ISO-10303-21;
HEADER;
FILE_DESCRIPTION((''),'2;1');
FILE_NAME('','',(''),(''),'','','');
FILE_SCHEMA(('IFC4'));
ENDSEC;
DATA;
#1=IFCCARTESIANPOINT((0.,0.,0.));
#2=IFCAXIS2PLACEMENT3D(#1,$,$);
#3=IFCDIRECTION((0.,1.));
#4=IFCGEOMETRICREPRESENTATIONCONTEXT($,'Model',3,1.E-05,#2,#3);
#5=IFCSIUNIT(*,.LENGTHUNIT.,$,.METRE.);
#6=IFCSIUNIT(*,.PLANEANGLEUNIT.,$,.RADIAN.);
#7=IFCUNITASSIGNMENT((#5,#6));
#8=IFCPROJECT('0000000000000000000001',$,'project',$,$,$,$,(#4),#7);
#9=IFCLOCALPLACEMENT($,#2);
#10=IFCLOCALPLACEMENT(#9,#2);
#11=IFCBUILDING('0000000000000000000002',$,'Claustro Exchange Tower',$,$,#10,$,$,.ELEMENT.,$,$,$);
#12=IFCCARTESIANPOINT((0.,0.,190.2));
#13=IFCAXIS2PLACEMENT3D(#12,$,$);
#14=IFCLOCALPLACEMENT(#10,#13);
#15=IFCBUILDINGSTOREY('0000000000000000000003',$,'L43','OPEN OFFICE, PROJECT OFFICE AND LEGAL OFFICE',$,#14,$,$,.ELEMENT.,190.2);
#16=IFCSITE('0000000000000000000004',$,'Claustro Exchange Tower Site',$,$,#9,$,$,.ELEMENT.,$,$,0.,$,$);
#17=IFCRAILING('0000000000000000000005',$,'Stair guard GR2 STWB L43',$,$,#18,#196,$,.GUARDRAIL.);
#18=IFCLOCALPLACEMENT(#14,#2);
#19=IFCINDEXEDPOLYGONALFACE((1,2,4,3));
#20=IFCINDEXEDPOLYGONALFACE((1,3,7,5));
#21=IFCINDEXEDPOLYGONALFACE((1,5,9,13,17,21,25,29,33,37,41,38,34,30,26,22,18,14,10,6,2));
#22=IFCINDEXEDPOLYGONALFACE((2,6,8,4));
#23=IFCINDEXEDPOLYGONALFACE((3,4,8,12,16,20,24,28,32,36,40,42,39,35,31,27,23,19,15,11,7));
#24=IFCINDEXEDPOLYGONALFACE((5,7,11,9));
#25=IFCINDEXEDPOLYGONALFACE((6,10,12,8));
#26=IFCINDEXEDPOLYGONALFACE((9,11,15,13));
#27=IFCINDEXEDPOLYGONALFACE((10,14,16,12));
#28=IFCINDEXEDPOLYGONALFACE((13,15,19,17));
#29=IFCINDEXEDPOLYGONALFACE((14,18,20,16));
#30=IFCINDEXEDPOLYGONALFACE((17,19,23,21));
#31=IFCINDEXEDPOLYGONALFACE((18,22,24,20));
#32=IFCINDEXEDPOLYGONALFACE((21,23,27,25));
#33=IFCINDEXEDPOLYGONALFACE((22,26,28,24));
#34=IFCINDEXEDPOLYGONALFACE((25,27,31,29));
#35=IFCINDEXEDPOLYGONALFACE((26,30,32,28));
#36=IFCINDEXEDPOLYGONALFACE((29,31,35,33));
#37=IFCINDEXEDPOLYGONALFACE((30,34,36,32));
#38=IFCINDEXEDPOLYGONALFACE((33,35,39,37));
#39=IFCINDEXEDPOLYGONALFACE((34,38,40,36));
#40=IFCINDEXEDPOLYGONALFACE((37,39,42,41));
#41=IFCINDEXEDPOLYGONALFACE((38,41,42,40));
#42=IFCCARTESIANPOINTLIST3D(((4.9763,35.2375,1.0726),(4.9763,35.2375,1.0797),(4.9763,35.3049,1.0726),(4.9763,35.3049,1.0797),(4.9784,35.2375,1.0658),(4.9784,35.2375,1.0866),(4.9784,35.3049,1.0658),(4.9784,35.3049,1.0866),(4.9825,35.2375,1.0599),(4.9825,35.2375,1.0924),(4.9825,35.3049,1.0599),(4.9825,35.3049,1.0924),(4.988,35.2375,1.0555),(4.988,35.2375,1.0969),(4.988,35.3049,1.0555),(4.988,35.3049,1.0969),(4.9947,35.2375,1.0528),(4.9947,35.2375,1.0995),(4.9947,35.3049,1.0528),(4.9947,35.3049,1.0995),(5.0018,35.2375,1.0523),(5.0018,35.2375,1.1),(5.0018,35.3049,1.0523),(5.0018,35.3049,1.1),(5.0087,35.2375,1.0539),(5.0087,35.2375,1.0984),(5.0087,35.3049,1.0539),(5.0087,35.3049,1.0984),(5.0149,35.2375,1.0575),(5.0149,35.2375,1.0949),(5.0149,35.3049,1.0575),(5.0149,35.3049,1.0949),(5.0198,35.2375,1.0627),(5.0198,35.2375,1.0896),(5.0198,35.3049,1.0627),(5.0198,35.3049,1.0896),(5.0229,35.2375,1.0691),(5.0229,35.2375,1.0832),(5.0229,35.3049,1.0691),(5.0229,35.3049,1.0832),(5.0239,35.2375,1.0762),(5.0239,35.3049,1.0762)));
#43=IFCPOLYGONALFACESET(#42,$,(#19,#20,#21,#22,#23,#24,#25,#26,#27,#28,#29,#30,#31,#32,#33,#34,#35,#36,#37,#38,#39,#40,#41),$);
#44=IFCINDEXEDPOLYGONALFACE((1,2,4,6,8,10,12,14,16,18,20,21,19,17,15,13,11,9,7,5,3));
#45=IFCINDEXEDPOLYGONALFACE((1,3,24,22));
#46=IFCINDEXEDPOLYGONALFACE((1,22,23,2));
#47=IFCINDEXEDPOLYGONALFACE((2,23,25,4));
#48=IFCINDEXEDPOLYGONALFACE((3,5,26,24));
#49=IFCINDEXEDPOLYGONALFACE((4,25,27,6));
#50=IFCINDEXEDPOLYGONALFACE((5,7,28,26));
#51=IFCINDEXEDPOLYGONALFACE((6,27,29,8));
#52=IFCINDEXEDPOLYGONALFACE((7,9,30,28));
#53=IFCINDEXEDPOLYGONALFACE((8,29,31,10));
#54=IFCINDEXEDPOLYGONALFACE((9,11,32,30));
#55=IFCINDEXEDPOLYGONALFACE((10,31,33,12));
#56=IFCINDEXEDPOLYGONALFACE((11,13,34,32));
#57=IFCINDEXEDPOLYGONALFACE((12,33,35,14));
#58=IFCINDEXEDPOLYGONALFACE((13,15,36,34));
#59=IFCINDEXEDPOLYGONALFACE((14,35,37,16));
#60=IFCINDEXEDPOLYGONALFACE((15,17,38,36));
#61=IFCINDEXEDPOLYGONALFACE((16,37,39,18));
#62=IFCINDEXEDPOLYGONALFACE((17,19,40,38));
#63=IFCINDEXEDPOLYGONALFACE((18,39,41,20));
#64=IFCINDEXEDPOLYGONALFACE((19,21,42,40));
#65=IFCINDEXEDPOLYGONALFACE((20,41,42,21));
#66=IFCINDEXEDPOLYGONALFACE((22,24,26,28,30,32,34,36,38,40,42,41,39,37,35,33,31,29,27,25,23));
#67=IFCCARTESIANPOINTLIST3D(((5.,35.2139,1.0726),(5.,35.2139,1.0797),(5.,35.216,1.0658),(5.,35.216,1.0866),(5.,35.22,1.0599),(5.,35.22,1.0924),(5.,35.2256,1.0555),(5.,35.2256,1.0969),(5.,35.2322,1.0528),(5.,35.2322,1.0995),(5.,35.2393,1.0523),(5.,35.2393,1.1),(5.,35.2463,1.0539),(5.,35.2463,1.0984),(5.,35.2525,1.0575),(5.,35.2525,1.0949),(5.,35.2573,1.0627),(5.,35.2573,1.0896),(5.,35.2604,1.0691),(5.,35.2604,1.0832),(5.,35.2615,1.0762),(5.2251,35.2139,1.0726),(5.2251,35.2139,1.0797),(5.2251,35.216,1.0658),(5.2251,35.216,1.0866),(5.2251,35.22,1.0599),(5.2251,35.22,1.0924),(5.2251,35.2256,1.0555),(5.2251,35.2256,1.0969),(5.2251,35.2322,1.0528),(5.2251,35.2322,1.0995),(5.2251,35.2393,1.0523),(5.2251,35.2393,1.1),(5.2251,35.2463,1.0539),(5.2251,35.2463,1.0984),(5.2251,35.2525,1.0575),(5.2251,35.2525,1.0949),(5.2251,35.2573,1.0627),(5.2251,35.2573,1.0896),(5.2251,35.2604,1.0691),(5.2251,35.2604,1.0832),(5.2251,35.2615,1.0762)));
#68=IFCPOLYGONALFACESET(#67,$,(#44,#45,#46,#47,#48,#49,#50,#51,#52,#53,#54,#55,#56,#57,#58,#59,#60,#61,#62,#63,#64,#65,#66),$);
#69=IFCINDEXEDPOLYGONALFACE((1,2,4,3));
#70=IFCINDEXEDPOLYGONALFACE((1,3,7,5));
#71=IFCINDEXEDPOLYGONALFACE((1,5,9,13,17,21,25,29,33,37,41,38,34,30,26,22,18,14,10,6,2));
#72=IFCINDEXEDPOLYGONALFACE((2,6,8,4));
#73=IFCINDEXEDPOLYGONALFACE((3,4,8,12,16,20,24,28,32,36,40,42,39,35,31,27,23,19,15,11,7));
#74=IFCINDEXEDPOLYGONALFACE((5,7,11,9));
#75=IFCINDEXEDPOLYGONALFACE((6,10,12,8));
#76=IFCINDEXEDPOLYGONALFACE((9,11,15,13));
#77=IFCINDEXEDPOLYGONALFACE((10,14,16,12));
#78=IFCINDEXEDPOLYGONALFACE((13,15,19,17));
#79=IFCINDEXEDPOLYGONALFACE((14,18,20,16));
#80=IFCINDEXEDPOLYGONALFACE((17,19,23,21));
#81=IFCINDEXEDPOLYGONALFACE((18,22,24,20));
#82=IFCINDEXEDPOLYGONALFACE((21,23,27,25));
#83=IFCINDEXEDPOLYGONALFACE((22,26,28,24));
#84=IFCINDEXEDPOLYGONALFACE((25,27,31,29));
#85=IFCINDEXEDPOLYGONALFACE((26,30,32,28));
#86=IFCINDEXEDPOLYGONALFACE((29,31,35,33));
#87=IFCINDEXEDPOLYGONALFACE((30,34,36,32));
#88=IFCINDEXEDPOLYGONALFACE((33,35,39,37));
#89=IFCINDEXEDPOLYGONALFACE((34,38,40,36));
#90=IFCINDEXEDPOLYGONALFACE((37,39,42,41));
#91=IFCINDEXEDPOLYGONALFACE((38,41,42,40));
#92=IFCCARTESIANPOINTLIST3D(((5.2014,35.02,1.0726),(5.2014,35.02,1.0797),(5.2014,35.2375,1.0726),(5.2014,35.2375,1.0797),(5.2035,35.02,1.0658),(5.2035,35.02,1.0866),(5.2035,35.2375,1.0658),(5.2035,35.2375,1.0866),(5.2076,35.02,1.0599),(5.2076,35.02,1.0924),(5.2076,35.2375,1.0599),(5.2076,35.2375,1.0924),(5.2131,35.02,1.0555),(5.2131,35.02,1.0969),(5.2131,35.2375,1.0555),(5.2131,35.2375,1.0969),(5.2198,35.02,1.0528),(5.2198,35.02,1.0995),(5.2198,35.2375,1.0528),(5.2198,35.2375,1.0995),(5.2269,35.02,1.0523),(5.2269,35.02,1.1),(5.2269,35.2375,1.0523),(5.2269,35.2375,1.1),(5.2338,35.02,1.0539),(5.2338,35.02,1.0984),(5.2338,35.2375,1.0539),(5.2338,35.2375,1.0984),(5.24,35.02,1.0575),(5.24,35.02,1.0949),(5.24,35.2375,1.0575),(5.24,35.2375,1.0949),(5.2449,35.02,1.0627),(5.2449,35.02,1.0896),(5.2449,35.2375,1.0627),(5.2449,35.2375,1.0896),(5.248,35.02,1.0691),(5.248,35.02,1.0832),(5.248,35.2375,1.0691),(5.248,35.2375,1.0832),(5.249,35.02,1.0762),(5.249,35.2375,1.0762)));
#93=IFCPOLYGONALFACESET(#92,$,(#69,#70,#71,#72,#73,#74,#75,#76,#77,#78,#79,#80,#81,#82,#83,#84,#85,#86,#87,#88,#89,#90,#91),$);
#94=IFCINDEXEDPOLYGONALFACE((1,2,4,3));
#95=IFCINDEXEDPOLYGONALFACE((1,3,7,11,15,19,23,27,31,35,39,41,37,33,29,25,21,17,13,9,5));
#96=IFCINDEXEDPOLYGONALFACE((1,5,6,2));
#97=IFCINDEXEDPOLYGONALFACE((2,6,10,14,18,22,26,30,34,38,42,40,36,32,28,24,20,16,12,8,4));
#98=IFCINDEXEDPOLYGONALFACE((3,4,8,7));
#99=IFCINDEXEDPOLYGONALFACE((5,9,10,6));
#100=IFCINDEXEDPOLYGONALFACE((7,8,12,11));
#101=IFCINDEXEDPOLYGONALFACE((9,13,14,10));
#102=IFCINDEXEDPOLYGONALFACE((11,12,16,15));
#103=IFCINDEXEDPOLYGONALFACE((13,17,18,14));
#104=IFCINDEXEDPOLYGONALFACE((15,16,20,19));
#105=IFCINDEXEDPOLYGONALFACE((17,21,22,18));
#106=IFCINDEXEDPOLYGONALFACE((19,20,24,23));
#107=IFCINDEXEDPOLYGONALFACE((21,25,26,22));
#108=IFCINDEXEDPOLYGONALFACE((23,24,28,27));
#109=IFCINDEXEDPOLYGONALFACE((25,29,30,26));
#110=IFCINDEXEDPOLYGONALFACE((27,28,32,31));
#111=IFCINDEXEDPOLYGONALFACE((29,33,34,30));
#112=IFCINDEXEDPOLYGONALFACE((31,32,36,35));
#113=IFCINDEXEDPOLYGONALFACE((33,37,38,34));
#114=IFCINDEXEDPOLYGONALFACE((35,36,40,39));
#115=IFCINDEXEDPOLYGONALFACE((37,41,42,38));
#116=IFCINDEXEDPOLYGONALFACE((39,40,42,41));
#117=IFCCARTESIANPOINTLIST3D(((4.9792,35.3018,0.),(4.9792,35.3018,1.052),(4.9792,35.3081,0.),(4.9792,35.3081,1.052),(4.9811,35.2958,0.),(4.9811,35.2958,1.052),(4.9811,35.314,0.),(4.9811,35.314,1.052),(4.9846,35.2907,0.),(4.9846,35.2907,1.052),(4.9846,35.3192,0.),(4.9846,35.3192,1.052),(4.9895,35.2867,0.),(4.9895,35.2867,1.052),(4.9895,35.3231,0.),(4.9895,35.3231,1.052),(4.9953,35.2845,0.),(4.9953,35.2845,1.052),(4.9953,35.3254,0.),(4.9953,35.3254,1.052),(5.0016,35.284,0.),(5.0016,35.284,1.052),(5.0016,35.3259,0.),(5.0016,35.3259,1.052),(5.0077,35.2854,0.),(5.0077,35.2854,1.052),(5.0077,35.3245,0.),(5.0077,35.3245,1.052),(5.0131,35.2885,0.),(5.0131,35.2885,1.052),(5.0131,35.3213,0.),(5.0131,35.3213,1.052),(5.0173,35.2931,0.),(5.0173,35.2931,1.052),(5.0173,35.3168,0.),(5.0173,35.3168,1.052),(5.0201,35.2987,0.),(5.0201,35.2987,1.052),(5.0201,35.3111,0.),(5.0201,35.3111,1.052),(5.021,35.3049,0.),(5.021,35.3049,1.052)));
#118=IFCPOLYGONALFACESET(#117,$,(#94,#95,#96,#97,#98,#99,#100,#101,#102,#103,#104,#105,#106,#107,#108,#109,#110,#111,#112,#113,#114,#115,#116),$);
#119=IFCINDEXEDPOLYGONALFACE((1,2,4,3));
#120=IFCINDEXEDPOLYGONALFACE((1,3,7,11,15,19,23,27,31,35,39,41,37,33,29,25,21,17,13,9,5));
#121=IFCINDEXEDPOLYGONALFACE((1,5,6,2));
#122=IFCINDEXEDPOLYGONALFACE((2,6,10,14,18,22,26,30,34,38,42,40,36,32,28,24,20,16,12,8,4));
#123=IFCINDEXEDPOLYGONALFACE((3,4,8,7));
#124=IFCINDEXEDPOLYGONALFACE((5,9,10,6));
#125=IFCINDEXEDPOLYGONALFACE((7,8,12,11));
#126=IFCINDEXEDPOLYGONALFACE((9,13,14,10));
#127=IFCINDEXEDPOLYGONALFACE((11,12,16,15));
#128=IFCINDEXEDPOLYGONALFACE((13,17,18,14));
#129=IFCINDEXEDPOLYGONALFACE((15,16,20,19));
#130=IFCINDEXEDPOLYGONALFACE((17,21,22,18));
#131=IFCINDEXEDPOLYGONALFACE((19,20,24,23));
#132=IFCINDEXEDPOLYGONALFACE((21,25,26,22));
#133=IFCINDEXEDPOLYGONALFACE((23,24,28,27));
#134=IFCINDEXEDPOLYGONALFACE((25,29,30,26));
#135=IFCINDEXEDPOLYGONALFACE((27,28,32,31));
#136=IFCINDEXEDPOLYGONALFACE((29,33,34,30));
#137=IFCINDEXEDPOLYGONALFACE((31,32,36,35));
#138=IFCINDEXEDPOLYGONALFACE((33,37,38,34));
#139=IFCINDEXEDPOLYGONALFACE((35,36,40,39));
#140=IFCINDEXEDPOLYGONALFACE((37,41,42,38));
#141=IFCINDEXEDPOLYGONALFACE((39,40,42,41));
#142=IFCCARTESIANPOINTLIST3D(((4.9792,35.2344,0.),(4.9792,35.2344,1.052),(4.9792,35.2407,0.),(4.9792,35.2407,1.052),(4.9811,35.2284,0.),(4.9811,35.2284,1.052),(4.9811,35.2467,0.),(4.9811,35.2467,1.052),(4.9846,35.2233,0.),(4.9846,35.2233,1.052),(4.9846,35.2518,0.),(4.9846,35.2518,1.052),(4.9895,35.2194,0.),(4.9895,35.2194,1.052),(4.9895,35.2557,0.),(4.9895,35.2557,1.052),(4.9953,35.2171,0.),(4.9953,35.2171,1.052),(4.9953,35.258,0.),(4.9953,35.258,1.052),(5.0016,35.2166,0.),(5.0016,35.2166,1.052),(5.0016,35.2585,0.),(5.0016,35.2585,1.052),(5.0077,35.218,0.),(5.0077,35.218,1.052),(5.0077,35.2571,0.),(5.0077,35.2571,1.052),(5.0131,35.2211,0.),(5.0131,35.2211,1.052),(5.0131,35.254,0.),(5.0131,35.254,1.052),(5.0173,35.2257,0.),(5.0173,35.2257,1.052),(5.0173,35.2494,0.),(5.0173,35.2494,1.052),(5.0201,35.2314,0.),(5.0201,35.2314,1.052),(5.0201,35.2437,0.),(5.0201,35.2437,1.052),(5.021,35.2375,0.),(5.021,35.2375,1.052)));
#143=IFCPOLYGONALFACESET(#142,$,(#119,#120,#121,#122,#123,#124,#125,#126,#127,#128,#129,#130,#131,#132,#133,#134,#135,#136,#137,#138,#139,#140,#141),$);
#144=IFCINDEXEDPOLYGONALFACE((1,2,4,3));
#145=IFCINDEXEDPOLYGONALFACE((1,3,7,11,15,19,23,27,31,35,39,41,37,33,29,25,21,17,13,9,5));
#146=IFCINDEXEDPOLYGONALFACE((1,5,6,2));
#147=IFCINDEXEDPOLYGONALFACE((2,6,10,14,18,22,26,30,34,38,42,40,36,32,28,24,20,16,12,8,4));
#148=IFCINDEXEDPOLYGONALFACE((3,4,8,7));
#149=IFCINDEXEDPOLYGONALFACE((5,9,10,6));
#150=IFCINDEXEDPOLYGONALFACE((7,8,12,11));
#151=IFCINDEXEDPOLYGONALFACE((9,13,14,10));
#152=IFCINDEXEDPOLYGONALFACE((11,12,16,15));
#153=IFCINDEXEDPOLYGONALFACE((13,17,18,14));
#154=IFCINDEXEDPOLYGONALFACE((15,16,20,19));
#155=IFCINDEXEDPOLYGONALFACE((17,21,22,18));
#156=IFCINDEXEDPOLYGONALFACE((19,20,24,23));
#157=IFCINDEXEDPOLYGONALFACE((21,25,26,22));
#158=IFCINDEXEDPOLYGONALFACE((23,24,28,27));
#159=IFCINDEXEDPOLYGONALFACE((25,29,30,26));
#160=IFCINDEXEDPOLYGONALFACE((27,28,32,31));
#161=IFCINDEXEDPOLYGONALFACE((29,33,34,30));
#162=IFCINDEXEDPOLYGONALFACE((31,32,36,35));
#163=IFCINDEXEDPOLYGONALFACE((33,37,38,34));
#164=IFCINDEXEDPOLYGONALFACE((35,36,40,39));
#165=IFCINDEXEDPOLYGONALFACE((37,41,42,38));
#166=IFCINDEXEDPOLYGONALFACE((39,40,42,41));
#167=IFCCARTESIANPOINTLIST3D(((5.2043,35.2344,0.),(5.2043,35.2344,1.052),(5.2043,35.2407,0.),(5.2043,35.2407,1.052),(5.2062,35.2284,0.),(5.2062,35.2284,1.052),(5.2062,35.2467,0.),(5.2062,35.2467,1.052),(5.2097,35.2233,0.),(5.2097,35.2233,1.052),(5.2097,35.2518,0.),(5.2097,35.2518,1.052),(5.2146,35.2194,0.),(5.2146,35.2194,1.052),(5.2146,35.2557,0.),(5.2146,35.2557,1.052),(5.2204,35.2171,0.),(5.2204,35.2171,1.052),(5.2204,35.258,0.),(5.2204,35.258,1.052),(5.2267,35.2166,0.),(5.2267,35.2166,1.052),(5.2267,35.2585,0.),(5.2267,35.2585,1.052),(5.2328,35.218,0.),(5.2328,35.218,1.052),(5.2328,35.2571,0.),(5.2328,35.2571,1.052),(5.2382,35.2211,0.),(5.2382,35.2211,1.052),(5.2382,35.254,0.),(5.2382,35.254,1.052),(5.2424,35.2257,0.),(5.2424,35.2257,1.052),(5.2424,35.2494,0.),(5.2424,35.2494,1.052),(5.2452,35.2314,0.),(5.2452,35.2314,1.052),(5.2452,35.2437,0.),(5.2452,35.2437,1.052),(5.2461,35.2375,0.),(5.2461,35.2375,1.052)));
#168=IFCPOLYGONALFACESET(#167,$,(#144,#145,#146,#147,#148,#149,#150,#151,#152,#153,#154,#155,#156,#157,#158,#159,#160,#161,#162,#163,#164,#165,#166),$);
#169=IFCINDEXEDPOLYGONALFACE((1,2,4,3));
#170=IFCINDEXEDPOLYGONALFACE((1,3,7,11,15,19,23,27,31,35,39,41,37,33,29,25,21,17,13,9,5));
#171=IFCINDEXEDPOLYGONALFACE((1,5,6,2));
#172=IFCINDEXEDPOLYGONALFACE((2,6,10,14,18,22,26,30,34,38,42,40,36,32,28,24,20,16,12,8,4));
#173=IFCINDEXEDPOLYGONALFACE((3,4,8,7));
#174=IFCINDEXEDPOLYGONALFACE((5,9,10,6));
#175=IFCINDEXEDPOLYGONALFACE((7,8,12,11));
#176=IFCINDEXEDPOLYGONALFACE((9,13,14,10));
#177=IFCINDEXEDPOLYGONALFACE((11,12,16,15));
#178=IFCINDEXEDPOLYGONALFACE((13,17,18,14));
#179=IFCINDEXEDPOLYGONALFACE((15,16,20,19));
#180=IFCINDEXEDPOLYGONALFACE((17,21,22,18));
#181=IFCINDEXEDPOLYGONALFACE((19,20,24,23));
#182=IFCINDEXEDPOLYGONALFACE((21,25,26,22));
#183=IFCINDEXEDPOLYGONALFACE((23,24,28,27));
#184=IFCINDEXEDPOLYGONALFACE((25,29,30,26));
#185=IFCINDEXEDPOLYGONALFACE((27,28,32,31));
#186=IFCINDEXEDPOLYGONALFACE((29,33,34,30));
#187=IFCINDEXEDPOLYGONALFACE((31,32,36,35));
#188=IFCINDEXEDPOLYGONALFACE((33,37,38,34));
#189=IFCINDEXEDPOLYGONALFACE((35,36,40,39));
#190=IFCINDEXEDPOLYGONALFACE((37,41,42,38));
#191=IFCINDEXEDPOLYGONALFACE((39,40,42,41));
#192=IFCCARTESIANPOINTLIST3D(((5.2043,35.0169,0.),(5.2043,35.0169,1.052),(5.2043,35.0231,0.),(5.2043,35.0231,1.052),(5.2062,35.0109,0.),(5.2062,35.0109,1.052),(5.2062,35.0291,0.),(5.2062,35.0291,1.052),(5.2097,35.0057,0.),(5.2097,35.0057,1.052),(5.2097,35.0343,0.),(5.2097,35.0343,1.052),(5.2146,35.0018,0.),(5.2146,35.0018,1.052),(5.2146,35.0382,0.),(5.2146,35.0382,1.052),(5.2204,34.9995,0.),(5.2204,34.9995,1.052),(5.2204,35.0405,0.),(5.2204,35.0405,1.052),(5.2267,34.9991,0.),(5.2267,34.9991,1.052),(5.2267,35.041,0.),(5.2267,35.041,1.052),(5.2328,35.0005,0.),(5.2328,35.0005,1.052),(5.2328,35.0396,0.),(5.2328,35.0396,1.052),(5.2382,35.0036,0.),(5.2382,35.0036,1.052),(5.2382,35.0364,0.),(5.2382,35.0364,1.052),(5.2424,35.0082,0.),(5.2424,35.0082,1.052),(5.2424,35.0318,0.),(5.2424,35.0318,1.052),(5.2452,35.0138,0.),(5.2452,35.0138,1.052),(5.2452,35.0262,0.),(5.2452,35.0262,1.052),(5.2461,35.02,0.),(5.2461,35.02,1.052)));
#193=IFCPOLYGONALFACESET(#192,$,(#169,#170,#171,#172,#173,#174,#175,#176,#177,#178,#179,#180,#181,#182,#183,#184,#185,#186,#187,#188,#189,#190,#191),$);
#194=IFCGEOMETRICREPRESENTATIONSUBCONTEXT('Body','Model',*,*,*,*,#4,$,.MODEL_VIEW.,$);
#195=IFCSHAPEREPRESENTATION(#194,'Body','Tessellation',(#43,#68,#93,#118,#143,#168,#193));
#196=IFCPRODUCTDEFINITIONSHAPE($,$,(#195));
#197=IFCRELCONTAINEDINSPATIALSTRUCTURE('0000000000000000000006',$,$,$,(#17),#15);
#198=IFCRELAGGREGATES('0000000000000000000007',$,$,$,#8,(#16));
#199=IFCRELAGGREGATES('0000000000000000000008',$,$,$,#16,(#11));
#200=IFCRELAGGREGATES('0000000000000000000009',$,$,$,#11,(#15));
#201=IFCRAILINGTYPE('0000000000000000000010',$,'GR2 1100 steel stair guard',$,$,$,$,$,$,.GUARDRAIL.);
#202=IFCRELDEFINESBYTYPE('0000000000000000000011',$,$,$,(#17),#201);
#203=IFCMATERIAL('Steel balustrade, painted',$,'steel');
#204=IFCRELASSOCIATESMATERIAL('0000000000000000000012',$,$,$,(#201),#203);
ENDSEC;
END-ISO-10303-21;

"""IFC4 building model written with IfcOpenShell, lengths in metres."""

from ifc_helpers import new_model, si_unit, direction, frame, origin, origin_2d, place, context, subcontext, project, spatial, circle, extrude, material, type_object, element, save


model = new_model("IFC4")

# Units and contexts
model_context = context("Model", 3, precision=1e-05, world=origin(), true_north=direction((0.0, 1.0)))
body_context = subcontext(model_context, "Body", "Model", "MODEL_VIEW")
ifc_project = project(units=[si_unit("LENGTHUNIT", "METRE"), si_unit("PLANEANGLEUNIT", "RADIAN")], contexts=[model_context])

# Site, building, storey
site_placement = place(None, origin())
site = spatial("IfcSite", under=ifc_project, at=site_placement, Name="Claustro Exchange Tower Site", CompositionType="ELEMENT", RefElevation=0.0)
building_placement = place(site_placement, origin())
building = spatial("IfcBuilding", under=site, at=building_placement, Name="Claustro Exchange Tower", CompositionType="ELEMENT")
storey_placement = place(building_placement, frame((0.0, 0.0, 190.2)))
storey = spatial("IfcBuildingStorey", under=building, at=storey_placement, Name="L43", Description="OPEN OFFICE, PROJECT OFFICE AND LEGAL OFFICE", CompositionType="ELEMENT", Elevation=190.2)

# Railing
ifc_material_1 = material(Name="Steel balustrade, painted", Category="steel")
railing_type_1 = type_object("IfcRailingType", Name="GR2 1100 steel stair guard", PredefinedType="GUARDRAIL", material=ifc_material_1)
railing_1_placement = place(storey_placement, frame((5.0, 35.3049, 0.0)))
element("IfcRailing", 1, at=railing_1_placement, inside=storey, type_object=railing_type_1, Name="Stair guard GR2 STWB L43", PredefinedType="GUARDRAIL", context=body_context, shape_type="SweptSolid", body=[
    extrude(circle(Radius=0.0239, at=origin_2d()), frame((0.0, 0.0, 1.0762), z_axis=(0.0, -1.0, 0.0), x_axis=(1.0, 0.0, 0.0)), (0.0, 0.0, 1.0), 0.0674),
    extrude(circle(Radius=0.0239, at=origin_2d()), frame((0.0, -0.0674, 1.0762), z_axis=(1.0, 0.0, 0.0), x_axis=(0.0, 1.0, 0.0)), (0.0, 0.0, 1.0), 0.2251),
    extrude(circle(Radius=0.0239, at=origin_2d()), frame((0.2251, -0.0674, 1.0762), z_axis=(0.0, -1.0, 0.0), x_axis=(1.0, 0.0, 0.0)), (0.0, 0.0, 1.0), 0.2175),
    extrude(circle(Radius=0.021, at=origin_2d()), origin(), (0.0, 0.0, 1.0), 1.052),
    extrude(circle(Radius=0.021, at=origin_2d()), frame((0.0, -0.0674, 0.0)), (0.0, 0.0, 1.0), 1.052),
    extrude(circle(Radius=0.021, at=origin_2d()), frame((0.2251, -0.0674, 0.0)), (0.0, 0.0, 1.0), 1.052),
    extrude(circle(Radius=0.021, at=origin_2d()), frame((0.2251, -0.2849, 0.0)), (0.0, 0.0, 1.0), 1.052),
])

save(model, "model.ifc")
